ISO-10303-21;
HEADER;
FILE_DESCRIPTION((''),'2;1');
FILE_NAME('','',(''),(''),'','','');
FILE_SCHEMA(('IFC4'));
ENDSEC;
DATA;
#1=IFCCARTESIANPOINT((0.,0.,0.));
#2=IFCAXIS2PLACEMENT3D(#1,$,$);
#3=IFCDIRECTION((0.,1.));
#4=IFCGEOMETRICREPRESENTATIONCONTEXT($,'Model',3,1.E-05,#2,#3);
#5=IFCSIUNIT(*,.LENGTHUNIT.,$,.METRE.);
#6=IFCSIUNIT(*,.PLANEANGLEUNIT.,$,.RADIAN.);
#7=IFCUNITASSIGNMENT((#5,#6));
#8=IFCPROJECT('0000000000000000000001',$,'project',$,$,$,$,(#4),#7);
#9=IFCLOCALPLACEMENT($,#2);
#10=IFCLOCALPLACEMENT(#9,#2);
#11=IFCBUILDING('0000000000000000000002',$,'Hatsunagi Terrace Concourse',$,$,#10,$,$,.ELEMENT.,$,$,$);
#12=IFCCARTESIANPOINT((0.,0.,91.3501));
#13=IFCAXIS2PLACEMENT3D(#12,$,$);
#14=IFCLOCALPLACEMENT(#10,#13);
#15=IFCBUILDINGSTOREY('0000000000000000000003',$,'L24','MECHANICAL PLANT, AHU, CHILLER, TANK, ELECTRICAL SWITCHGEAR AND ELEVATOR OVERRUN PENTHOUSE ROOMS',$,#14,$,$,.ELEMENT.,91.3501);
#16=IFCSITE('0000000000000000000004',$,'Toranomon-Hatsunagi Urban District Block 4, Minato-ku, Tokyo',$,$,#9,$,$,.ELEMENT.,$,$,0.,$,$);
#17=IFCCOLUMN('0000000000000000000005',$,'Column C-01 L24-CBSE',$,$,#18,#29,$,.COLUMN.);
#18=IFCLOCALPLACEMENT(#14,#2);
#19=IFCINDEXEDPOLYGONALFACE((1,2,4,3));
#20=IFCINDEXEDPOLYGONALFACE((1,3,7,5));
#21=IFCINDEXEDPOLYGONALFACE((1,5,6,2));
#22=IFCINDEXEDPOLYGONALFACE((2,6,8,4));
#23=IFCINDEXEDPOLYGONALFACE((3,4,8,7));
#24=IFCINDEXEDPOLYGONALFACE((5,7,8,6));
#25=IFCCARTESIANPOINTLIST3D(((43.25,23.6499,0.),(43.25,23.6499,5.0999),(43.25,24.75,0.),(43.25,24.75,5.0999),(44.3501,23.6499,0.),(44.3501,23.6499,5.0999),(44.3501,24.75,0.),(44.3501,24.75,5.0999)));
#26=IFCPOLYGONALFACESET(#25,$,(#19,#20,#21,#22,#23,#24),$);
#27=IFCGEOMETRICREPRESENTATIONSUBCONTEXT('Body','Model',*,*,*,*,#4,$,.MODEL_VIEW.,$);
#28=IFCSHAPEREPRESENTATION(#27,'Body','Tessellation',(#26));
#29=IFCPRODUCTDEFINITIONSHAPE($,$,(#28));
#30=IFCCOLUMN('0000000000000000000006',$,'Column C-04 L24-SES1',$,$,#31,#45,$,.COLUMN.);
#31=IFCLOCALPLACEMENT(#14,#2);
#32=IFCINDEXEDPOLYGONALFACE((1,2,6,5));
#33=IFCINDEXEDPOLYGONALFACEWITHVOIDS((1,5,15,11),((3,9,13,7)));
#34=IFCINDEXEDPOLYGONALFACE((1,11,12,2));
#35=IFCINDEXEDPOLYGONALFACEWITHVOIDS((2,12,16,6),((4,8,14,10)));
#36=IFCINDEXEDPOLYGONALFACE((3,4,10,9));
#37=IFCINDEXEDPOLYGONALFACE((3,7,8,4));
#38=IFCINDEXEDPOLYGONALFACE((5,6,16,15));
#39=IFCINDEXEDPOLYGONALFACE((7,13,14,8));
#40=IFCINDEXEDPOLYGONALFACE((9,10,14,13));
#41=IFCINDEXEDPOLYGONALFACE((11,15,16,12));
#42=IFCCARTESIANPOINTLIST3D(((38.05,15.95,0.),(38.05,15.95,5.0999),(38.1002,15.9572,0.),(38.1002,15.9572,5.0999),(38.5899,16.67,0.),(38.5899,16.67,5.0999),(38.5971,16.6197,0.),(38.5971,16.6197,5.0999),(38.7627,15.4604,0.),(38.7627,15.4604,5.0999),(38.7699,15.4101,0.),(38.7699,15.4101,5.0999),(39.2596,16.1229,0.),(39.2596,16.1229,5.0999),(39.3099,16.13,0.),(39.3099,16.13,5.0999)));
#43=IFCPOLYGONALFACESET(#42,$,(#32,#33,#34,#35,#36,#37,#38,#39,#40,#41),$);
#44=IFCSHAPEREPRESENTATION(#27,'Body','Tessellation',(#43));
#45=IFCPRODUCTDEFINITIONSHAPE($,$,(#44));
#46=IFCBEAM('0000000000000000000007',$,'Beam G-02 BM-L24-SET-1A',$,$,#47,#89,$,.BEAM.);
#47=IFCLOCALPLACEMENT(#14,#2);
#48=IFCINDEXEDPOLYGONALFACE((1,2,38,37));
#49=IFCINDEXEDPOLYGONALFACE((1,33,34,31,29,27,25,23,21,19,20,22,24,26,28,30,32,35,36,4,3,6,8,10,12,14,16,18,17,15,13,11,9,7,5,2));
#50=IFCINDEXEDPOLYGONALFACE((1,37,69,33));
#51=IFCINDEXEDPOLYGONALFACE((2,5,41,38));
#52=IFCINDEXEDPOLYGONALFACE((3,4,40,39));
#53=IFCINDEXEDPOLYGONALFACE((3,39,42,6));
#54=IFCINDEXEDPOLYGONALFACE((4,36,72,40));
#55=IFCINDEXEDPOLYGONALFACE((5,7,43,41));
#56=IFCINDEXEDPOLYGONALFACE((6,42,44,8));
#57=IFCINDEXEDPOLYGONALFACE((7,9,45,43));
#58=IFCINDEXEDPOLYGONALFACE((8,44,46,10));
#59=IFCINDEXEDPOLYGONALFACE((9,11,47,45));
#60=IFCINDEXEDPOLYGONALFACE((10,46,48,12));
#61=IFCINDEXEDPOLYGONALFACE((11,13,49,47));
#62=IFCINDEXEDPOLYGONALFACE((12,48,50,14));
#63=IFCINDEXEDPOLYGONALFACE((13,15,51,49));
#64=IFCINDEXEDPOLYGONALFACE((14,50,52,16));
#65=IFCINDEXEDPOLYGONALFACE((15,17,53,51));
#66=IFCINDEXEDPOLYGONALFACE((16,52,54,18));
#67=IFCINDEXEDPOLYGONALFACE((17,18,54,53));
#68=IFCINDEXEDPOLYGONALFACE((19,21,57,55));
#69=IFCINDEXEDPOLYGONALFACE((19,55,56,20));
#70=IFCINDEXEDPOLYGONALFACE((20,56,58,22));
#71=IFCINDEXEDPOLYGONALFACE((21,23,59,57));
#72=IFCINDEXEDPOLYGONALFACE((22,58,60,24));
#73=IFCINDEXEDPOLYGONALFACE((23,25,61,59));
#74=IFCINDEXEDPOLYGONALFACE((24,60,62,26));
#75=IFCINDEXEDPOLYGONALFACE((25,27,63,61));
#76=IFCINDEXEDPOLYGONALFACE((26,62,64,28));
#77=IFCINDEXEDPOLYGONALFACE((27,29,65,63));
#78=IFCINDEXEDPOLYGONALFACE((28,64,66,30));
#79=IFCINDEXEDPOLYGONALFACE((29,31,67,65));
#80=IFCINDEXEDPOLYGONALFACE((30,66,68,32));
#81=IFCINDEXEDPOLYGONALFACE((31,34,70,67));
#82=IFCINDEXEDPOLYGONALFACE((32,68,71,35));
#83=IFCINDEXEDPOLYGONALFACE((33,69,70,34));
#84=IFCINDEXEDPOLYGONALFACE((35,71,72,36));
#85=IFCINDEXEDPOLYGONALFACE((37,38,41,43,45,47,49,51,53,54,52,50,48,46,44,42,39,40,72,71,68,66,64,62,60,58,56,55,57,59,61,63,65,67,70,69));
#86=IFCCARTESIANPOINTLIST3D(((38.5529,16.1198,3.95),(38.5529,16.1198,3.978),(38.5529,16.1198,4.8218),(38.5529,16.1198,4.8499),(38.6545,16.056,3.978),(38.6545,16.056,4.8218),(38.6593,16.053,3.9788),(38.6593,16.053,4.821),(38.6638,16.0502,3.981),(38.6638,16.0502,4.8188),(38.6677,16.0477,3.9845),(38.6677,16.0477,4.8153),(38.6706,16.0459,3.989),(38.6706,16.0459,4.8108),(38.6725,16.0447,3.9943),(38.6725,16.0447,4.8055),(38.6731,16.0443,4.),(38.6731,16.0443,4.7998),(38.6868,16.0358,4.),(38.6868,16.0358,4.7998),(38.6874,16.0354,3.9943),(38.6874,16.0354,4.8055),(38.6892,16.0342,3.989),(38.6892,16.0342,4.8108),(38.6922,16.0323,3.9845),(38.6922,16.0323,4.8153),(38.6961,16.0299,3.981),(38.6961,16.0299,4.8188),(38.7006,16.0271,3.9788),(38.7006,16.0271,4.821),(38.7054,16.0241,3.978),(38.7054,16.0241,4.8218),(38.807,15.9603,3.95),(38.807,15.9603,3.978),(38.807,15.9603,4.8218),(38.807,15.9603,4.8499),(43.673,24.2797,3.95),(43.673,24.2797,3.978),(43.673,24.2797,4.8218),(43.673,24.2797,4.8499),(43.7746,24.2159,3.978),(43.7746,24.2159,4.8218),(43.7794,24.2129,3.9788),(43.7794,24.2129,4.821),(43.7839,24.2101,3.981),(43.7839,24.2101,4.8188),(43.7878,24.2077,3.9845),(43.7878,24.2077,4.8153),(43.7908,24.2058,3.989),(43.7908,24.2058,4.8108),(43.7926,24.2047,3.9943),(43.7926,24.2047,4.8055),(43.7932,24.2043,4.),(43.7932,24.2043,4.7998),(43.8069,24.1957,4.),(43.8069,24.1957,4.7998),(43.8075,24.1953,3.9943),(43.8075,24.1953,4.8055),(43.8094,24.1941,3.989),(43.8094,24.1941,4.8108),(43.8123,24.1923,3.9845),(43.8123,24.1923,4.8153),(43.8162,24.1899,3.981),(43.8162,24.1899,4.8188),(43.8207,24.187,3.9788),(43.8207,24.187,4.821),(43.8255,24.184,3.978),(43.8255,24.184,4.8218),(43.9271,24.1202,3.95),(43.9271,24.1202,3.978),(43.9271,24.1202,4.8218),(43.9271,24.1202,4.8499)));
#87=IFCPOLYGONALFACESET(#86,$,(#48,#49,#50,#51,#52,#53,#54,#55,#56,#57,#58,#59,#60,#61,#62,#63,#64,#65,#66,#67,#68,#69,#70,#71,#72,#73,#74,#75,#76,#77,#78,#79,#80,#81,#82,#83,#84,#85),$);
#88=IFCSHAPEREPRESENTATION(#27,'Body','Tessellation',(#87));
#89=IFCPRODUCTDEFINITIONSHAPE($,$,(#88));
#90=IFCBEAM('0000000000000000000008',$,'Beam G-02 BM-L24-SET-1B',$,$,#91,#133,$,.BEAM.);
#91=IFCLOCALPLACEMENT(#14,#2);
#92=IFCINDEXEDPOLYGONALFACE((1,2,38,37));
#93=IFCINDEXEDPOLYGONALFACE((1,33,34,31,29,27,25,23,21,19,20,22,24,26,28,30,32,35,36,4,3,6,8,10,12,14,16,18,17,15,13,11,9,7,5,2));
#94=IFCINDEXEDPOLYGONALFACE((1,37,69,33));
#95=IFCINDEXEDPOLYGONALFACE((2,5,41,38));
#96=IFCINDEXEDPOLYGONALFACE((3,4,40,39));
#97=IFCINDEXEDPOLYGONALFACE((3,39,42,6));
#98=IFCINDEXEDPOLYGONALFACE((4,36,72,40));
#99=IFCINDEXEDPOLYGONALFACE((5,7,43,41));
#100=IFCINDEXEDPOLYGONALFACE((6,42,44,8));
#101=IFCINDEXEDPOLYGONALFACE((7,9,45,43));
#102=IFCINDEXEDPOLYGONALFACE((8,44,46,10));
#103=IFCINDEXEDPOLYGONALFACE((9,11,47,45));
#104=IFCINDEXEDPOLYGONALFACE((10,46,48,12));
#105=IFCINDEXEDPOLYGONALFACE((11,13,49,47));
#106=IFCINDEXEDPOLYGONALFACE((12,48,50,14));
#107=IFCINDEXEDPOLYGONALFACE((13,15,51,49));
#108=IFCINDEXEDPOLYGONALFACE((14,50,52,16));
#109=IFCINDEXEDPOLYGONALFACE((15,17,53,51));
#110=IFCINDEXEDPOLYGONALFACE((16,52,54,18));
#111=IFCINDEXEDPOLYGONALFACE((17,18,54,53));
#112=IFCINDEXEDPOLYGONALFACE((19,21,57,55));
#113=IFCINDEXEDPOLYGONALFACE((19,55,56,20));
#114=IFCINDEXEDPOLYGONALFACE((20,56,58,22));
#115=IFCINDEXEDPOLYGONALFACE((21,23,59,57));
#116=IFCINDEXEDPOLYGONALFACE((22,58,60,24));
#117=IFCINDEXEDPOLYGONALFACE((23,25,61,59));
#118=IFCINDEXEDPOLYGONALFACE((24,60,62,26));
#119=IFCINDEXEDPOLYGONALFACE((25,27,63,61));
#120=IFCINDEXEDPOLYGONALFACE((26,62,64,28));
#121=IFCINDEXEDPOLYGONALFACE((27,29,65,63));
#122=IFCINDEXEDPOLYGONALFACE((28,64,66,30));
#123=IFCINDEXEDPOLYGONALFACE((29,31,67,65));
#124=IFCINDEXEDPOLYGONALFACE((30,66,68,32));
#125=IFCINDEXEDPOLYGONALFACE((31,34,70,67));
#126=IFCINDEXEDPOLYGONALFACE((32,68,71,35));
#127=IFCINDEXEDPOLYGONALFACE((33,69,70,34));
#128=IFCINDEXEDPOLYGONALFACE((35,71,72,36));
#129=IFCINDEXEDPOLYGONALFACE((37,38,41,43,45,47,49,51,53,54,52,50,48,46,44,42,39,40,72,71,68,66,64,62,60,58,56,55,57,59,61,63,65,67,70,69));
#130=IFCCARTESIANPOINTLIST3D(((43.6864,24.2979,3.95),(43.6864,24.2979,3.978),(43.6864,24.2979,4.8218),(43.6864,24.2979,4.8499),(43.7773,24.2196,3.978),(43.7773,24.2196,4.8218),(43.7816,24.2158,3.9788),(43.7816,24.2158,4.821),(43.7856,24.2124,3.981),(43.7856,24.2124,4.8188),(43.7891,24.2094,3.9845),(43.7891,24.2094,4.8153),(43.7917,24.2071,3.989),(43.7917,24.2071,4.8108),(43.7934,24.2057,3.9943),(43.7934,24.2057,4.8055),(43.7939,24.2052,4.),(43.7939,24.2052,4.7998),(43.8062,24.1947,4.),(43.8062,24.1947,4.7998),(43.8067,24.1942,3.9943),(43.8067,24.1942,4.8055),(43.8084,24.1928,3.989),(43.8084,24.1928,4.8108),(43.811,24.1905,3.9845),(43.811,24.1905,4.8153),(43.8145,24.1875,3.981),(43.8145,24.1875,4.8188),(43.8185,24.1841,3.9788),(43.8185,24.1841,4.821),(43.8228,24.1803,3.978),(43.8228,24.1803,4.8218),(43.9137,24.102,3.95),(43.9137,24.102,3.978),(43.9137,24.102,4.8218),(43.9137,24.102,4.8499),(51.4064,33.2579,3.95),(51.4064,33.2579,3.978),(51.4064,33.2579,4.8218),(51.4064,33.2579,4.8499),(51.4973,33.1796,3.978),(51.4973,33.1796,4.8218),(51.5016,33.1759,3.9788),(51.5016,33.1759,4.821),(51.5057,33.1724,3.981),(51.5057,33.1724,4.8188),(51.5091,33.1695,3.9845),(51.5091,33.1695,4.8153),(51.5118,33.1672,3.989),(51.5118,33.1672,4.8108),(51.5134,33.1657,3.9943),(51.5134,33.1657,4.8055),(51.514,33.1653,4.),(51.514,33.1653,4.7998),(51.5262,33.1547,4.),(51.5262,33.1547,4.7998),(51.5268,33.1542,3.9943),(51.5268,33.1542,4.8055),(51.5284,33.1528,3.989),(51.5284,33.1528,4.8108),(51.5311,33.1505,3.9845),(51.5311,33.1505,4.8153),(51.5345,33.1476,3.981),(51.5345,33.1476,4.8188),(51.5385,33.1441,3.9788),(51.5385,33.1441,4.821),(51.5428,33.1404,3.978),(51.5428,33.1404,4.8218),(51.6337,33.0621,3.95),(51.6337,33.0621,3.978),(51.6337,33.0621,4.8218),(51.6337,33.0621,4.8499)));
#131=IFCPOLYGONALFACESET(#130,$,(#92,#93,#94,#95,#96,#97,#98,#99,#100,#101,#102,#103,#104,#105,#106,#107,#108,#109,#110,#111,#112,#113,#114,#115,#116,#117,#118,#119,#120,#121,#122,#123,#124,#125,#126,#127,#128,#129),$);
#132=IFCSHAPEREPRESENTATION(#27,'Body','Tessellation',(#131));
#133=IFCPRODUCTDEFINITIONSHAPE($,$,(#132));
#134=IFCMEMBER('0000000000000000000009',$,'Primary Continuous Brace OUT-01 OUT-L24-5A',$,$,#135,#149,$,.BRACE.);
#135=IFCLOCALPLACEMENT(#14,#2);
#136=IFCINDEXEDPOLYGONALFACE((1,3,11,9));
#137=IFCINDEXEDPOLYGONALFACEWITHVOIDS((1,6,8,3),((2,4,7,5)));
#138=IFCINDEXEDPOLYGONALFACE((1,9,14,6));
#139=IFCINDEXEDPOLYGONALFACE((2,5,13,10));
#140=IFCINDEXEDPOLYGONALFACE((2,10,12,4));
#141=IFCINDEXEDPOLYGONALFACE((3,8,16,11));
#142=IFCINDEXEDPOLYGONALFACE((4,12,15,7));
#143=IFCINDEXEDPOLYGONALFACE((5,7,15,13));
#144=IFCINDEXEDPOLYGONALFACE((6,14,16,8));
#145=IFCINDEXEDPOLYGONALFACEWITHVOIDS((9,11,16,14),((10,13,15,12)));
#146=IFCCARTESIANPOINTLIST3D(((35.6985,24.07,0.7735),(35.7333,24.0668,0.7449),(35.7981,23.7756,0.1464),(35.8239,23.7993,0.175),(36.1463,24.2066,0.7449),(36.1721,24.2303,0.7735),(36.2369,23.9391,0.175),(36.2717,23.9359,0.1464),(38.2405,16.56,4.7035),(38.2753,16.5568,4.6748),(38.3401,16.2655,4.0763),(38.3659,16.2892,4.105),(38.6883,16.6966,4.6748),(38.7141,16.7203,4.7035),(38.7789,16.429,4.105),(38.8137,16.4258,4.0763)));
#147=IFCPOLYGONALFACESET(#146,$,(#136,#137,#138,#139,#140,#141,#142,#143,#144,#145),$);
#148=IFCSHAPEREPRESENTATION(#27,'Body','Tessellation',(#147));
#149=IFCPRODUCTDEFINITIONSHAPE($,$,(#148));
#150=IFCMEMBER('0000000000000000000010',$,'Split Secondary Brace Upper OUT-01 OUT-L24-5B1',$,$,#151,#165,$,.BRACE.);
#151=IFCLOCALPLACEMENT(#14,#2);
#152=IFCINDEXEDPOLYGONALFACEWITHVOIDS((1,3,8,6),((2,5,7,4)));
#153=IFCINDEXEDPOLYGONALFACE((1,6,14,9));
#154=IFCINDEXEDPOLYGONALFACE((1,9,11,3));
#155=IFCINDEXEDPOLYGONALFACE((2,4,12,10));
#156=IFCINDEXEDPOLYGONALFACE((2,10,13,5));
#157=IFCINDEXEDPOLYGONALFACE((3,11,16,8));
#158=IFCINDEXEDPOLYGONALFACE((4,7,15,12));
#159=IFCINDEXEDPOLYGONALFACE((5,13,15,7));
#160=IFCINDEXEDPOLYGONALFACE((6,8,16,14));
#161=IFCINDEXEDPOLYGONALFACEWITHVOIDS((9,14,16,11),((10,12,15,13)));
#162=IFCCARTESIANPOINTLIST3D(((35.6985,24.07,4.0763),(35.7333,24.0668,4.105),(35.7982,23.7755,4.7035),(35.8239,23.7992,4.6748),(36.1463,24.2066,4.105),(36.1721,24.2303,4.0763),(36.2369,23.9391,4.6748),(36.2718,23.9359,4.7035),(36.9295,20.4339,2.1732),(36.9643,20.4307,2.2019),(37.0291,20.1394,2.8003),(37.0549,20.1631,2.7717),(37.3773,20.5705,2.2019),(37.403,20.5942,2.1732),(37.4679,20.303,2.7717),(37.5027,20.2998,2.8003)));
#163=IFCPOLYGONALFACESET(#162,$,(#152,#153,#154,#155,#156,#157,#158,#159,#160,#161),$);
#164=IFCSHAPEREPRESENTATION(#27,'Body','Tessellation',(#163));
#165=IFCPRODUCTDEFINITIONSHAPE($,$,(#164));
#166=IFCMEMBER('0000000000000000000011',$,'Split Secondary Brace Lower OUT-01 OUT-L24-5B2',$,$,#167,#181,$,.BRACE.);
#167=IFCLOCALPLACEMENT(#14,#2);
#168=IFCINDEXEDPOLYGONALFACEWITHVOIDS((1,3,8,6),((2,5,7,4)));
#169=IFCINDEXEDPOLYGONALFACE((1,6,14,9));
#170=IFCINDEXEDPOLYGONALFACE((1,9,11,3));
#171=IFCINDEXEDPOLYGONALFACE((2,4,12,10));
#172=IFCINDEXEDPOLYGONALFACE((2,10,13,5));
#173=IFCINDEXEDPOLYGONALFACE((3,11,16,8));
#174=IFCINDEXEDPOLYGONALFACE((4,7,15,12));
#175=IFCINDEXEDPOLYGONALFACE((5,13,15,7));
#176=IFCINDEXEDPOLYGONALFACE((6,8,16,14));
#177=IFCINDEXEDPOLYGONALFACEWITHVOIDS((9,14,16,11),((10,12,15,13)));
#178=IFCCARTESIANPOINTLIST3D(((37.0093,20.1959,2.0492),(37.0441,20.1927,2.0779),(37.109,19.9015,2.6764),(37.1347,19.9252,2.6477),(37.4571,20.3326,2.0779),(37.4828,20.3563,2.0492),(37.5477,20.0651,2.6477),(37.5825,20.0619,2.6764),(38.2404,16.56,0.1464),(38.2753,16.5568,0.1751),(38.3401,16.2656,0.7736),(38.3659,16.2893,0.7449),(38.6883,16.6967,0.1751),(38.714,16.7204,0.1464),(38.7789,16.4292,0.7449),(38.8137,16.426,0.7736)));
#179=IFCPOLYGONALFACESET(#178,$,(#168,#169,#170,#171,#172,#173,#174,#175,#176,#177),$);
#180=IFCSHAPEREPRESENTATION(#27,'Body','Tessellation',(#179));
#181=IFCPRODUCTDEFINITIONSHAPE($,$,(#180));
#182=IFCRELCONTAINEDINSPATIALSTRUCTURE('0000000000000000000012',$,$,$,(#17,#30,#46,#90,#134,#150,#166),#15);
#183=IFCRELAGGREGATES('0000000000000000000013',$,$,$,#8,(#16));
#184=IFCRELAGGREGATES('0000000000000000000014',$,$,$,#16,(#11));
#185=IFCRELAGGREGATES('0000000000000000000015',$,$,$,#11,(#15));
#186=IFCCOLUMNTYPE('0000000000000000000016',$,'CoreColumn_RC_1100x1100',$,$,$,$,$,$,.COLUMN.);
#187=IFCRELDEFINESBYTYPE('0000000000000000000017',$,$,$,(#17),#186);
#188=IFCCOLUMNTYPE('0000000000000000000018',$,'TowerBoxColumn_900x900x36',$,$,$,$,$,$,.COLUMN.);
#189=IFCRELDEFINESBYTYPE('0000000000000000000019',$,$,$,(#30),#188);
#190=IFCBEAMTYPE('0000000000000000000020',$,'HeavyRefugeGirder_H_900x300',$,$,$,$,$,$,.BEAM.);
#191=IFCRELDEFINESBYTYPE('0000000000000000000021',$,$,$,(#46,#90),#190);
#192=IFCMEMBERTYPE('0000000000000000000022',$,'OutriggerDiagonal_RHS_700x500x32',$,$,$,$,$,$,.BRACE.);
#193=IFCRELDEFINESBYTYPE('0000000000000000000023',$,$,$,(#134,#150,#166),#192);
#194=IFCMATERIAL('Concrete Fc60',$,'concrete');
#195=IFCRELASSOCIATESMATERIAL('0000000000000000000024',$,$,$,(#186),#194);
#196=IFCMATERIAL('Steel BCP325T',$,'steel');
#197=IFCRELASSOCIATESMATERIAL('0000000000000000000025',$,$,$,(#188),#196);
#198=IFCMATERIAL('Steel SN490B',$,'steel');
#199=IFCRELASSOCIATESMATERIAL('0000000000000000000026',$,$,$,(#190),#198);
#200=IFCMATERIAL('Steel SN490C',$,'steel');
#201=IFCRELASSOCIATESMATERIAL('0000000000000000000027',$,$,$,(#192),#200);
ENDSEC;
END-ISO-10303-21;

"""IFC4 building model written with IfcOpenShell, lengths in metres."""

from ifc_helpers import new_model, si_unit, direction, frame, origin, origin_2d, place, context, subcontext, project, spatial, rectangle, hollow_rectangle, i_section, extrude, material, material_profile, profile_set, type_object, element, save


model = new_model("IFC4")

# Units and contexts
model_context = context("Model", 3, precision=1e-05, world=origin(), true_north=direction((0.0, 1.0)))
body_context = subcontext(model_context, "Body", "Model", "MODEL_VIEW")
ifc_project = project(units=[si_unit("LENGTHUNIT", "METRE"), si_unit("PLANEANGLEUNIT", "RADIAN")], contexts=[model_context])

# Site, building, storey
site_placement = place(None, origin())
site = spatial("IfcSite", under=ifc_project, at=site_placement, Name="Toranomon-Hatsunagi Urban District Block 4, Minato-ku, Tokyo", CompositionType="ELEMENT", RefElevation=0.0)
building_placement = place(site_placement, origin())
building = spatial("IfcBuilding", under=site, at=building_placement, Name="Hatsunagi Terrace Concourse", CompositionType="ELEMENT")
storey_placement = place(building_placement, frame((0.0, 0.0, 91.3501)))
storey = spatial("IfcBuildingStorey", under=building, at=storey_placement, Name="L24", Description="MECHANICAL PLANT, AHU, CHILLER, TANK, ELECTRICAL SWITCHGEAR AND ELEVATOR OVERRUN PENTHOUSE ROOMS", CompositionType="ELEMENT", Elevation=91.3501)

# Columns
ifc_material_1 = material(Name="Concrete Fc60", Category="concrete")
ifc_material_profile_1 = material_profile(ifc_material_1, rectangle(XDim=1.1001, YDim=1.1001, at=origin_2d()), Name="RC-1100x1100")
ifc_profile_set_1 = profile_set([ifc_material_profile_1], Name="Concrete Fc60")
column_type_1 = type_object("IfcColumnType", Name="CoreColumn_RC_1100x1100", PredefinedType="COLUMN", material=ifc_profile_set_1)
column_1_placement = place(storey_placement, frame((43.8, 24.2, 0.0), z_axis=(0.0, 0.0, 1.0), x_axis=(1.0, 0.0, 0.0)))
element("IfcColumn", 1, at=column_1_placement, inside=storey, type_object=column_type_1, Name="Column C-01 L24-CBSE", PredefinedType="COLUMN", context=body_context, shape_type="SweptSolid", body=[
    extrude(rectangle(XDim=1.1001, YDim=1.1001, at=origin_2d()), origin(), (0.0, 0.0, 1.0), 5.0999),
])
ifc_material_2 = material(Name="Steel BCP325T", Category="steel")
ifc_material_profile_2 = material_profile(ifc_material_2, hollow_rectangle(XDim=0.8999, YDim=0.8999, WallThickness=0.0359, at=origin_2d()), Name="BCP-900x900x36")
ifc_profile_set_2 = profile_set([ifc_material_profile_2], Name="Steel BCP325T")
column_type_2 = type_object("IfcColumnType", Name="TowerBoxColumn_900x900x36", PredefinedType="COLUMN", material=ifc_profile_set_2)
column_2_placement = place(storey_placement, frame((38.6799, 16.04, 0.0), z_axis=(0.0, 0.0, 1.0), x_axis=(0.8, -0.6, 0.0)))
element("IfcColumn", 2, at=column_2_placement, inside=storey, type_object=column_type_2, Name="Column C-04 L24-SES1", PredefinedType="COLUMN", context=body_context, shape_type="SweptSolid", body=[
    extrude(hollow_rectangle(XDim=0.8999, YDim=0.8999, WallThickness=0.0359, at=origin_2d()), origin(), (0.0, 0.0, 1.0), 5.0999),
])

# Beams
ifc_material_3 = material(Name="Steel SN490B", Category="steel")
ifc_material_profile_3 = material_profile(ifc_material_3, i_section(OverallWidth=0.3, OverallDepth=0.8999, WebThickness=0.0161, FlangeThickness=0.0281, FilletRadius=0.022, at=origin_2d()), Name="H-900x300x16x28")
ifc_profile_set_3 = profile_set([ifc_material_profile_3], Name="Steel SN490B")
beam_type_1 = type_object("IfcBeamType", Name="HeavyRefugeGirder_H_900x300", PredefinedType="BEAM", material=ifc_profile_set_3)
beam_1_placement = place(storey_placement, frame((38.6799, 16.04, 4.3999), z_axis=(0.531504, 0.847056, 0.0), x_axis=(-0.847056, 0.531504, 0.0)))
element("IfcBeam", 3, at=beam_1_placement, inside=storey, type_object=beam_type_1, Name="Beam G-02 BM-L24-SET-1A", PredefinedType="BEAM", context=body_context, shape_type="SweptSolid", body=[
    extrude(i_section(OverallWidth=0.3, OverallDepth=0.8999, WebThickness=0.0161, FlangeThickness=0.0281, FilletRadius=0.022, at=origin_2d()), origin(), (0.0, 0.0, 1.0), 9.6333),
])
beam_2_placement = place(storey_placement, frame((43.8, 24.2, 4.3999), z_axis=(0.652739, 0.757583, 0.0), x_axis=(-0.757583, 0.652739, 0.0)))
element("IfcBeam", 4, at=beam_2_placement, inside=storey, type_object=beam_type_1, Name="Beam G-02 BM-L24-SET-1B", PredefinedType="BEAM", context=body_context, shape_type="SweptSolid", body=[
    extrude(i_section(OverallWidth=0.3, OverallDepth=0.8999, WebThickness=0.0161, FlangeThickness=0.0281, FilletRadius=0.022, at=origin_2d()), origin(), (0.0, 0.0, 1.0), 11.8271),
])

# Members
ifc_material_4 = material(Name="Steel SN490C", Category="steel")
ifc_material_profile_4 = material_profile(ifc_material_4, hollow_rectangle(XDim=0.5, YDim=0.7, WallThickness=0.032, at=origin_2d()), Name="RHS-700x500x32")
ifc_profile_set_4 = profile_set([ifc_material_profile_4], Name="Steel SN490C")
member_type = type_object("IfcMemberType", Name="OutriggerDiagonal_RHS_700x500x32", PredefinedType="BRACE", material=ifc_profile_set_4)
member_1_placement = place(storey_placement, frame((35.9851, 24.0029, 0.46), z_axis=(0.28726, -0.848676, 0.444106), x_axis=(0.947211, 0.320612, 0.0)))
element("IfcMember", 5, at=member_1_placement, inside=storey, type_object=member_type, Name="Primary Continuous Brace OUT-01 OUT-L24-5A", PredefinedType="BRACE", context=body_context, shape_type="SweptSolid", body=[
    extrude(hollow_rectangle(XDim=0.5, YDim=0.7, WallThickness=0.032, at=origin_2d()), origin(), (0.0, 0.0, 1.0), 8.8491),
])
member_2_placement = place(storey_placement, frame((35.9851, 24.0029, 4.3899), z_axis=(0.287301, -0.848628, -0.444172), x_axis=(0.947191, 0.32067, 0.0)))
element("IfcMember", 6, at=member_2_placement, inside=storey, type_object=member_type, Name="Split Secondary Brace Upper OUT-01 OUT-L24-5B1", PredefinedType="BRACE", context=body_context, shape_type="SweptSolid", body=[
    extrude(hollow_rectangle(XDim=0.5, YDim=0.7, WallThickness=0.032, at=origin_2d()), origin(), (0.0, 0.0, 1.0), 4.2847),
])
member_3_placement = place(storey_placement, frame((37.2959, 20.1289, 2.3628), z_axis=(0.287361, -0.848635, -0.444119), x_axis=(0.947172, 0.320727, 0.0)))
element("IfcMember", 7, at=member_3_placement, inside=storey, type_object=member_type, Name="Split Secondary Brace Lower OUT-01 OUT-L24-5B2", PredefinedType="BRACE", context=body_context, shape_type="SweptSolid", body=[
    extrude(hollow_rectangle(XDim=0.5, YDim=0.7, WallThickness=0.032, at=origin_2d()), origin(), (0.0, 0.0, 1.0), 4.2844),
])

save(model, "model.ifc")
